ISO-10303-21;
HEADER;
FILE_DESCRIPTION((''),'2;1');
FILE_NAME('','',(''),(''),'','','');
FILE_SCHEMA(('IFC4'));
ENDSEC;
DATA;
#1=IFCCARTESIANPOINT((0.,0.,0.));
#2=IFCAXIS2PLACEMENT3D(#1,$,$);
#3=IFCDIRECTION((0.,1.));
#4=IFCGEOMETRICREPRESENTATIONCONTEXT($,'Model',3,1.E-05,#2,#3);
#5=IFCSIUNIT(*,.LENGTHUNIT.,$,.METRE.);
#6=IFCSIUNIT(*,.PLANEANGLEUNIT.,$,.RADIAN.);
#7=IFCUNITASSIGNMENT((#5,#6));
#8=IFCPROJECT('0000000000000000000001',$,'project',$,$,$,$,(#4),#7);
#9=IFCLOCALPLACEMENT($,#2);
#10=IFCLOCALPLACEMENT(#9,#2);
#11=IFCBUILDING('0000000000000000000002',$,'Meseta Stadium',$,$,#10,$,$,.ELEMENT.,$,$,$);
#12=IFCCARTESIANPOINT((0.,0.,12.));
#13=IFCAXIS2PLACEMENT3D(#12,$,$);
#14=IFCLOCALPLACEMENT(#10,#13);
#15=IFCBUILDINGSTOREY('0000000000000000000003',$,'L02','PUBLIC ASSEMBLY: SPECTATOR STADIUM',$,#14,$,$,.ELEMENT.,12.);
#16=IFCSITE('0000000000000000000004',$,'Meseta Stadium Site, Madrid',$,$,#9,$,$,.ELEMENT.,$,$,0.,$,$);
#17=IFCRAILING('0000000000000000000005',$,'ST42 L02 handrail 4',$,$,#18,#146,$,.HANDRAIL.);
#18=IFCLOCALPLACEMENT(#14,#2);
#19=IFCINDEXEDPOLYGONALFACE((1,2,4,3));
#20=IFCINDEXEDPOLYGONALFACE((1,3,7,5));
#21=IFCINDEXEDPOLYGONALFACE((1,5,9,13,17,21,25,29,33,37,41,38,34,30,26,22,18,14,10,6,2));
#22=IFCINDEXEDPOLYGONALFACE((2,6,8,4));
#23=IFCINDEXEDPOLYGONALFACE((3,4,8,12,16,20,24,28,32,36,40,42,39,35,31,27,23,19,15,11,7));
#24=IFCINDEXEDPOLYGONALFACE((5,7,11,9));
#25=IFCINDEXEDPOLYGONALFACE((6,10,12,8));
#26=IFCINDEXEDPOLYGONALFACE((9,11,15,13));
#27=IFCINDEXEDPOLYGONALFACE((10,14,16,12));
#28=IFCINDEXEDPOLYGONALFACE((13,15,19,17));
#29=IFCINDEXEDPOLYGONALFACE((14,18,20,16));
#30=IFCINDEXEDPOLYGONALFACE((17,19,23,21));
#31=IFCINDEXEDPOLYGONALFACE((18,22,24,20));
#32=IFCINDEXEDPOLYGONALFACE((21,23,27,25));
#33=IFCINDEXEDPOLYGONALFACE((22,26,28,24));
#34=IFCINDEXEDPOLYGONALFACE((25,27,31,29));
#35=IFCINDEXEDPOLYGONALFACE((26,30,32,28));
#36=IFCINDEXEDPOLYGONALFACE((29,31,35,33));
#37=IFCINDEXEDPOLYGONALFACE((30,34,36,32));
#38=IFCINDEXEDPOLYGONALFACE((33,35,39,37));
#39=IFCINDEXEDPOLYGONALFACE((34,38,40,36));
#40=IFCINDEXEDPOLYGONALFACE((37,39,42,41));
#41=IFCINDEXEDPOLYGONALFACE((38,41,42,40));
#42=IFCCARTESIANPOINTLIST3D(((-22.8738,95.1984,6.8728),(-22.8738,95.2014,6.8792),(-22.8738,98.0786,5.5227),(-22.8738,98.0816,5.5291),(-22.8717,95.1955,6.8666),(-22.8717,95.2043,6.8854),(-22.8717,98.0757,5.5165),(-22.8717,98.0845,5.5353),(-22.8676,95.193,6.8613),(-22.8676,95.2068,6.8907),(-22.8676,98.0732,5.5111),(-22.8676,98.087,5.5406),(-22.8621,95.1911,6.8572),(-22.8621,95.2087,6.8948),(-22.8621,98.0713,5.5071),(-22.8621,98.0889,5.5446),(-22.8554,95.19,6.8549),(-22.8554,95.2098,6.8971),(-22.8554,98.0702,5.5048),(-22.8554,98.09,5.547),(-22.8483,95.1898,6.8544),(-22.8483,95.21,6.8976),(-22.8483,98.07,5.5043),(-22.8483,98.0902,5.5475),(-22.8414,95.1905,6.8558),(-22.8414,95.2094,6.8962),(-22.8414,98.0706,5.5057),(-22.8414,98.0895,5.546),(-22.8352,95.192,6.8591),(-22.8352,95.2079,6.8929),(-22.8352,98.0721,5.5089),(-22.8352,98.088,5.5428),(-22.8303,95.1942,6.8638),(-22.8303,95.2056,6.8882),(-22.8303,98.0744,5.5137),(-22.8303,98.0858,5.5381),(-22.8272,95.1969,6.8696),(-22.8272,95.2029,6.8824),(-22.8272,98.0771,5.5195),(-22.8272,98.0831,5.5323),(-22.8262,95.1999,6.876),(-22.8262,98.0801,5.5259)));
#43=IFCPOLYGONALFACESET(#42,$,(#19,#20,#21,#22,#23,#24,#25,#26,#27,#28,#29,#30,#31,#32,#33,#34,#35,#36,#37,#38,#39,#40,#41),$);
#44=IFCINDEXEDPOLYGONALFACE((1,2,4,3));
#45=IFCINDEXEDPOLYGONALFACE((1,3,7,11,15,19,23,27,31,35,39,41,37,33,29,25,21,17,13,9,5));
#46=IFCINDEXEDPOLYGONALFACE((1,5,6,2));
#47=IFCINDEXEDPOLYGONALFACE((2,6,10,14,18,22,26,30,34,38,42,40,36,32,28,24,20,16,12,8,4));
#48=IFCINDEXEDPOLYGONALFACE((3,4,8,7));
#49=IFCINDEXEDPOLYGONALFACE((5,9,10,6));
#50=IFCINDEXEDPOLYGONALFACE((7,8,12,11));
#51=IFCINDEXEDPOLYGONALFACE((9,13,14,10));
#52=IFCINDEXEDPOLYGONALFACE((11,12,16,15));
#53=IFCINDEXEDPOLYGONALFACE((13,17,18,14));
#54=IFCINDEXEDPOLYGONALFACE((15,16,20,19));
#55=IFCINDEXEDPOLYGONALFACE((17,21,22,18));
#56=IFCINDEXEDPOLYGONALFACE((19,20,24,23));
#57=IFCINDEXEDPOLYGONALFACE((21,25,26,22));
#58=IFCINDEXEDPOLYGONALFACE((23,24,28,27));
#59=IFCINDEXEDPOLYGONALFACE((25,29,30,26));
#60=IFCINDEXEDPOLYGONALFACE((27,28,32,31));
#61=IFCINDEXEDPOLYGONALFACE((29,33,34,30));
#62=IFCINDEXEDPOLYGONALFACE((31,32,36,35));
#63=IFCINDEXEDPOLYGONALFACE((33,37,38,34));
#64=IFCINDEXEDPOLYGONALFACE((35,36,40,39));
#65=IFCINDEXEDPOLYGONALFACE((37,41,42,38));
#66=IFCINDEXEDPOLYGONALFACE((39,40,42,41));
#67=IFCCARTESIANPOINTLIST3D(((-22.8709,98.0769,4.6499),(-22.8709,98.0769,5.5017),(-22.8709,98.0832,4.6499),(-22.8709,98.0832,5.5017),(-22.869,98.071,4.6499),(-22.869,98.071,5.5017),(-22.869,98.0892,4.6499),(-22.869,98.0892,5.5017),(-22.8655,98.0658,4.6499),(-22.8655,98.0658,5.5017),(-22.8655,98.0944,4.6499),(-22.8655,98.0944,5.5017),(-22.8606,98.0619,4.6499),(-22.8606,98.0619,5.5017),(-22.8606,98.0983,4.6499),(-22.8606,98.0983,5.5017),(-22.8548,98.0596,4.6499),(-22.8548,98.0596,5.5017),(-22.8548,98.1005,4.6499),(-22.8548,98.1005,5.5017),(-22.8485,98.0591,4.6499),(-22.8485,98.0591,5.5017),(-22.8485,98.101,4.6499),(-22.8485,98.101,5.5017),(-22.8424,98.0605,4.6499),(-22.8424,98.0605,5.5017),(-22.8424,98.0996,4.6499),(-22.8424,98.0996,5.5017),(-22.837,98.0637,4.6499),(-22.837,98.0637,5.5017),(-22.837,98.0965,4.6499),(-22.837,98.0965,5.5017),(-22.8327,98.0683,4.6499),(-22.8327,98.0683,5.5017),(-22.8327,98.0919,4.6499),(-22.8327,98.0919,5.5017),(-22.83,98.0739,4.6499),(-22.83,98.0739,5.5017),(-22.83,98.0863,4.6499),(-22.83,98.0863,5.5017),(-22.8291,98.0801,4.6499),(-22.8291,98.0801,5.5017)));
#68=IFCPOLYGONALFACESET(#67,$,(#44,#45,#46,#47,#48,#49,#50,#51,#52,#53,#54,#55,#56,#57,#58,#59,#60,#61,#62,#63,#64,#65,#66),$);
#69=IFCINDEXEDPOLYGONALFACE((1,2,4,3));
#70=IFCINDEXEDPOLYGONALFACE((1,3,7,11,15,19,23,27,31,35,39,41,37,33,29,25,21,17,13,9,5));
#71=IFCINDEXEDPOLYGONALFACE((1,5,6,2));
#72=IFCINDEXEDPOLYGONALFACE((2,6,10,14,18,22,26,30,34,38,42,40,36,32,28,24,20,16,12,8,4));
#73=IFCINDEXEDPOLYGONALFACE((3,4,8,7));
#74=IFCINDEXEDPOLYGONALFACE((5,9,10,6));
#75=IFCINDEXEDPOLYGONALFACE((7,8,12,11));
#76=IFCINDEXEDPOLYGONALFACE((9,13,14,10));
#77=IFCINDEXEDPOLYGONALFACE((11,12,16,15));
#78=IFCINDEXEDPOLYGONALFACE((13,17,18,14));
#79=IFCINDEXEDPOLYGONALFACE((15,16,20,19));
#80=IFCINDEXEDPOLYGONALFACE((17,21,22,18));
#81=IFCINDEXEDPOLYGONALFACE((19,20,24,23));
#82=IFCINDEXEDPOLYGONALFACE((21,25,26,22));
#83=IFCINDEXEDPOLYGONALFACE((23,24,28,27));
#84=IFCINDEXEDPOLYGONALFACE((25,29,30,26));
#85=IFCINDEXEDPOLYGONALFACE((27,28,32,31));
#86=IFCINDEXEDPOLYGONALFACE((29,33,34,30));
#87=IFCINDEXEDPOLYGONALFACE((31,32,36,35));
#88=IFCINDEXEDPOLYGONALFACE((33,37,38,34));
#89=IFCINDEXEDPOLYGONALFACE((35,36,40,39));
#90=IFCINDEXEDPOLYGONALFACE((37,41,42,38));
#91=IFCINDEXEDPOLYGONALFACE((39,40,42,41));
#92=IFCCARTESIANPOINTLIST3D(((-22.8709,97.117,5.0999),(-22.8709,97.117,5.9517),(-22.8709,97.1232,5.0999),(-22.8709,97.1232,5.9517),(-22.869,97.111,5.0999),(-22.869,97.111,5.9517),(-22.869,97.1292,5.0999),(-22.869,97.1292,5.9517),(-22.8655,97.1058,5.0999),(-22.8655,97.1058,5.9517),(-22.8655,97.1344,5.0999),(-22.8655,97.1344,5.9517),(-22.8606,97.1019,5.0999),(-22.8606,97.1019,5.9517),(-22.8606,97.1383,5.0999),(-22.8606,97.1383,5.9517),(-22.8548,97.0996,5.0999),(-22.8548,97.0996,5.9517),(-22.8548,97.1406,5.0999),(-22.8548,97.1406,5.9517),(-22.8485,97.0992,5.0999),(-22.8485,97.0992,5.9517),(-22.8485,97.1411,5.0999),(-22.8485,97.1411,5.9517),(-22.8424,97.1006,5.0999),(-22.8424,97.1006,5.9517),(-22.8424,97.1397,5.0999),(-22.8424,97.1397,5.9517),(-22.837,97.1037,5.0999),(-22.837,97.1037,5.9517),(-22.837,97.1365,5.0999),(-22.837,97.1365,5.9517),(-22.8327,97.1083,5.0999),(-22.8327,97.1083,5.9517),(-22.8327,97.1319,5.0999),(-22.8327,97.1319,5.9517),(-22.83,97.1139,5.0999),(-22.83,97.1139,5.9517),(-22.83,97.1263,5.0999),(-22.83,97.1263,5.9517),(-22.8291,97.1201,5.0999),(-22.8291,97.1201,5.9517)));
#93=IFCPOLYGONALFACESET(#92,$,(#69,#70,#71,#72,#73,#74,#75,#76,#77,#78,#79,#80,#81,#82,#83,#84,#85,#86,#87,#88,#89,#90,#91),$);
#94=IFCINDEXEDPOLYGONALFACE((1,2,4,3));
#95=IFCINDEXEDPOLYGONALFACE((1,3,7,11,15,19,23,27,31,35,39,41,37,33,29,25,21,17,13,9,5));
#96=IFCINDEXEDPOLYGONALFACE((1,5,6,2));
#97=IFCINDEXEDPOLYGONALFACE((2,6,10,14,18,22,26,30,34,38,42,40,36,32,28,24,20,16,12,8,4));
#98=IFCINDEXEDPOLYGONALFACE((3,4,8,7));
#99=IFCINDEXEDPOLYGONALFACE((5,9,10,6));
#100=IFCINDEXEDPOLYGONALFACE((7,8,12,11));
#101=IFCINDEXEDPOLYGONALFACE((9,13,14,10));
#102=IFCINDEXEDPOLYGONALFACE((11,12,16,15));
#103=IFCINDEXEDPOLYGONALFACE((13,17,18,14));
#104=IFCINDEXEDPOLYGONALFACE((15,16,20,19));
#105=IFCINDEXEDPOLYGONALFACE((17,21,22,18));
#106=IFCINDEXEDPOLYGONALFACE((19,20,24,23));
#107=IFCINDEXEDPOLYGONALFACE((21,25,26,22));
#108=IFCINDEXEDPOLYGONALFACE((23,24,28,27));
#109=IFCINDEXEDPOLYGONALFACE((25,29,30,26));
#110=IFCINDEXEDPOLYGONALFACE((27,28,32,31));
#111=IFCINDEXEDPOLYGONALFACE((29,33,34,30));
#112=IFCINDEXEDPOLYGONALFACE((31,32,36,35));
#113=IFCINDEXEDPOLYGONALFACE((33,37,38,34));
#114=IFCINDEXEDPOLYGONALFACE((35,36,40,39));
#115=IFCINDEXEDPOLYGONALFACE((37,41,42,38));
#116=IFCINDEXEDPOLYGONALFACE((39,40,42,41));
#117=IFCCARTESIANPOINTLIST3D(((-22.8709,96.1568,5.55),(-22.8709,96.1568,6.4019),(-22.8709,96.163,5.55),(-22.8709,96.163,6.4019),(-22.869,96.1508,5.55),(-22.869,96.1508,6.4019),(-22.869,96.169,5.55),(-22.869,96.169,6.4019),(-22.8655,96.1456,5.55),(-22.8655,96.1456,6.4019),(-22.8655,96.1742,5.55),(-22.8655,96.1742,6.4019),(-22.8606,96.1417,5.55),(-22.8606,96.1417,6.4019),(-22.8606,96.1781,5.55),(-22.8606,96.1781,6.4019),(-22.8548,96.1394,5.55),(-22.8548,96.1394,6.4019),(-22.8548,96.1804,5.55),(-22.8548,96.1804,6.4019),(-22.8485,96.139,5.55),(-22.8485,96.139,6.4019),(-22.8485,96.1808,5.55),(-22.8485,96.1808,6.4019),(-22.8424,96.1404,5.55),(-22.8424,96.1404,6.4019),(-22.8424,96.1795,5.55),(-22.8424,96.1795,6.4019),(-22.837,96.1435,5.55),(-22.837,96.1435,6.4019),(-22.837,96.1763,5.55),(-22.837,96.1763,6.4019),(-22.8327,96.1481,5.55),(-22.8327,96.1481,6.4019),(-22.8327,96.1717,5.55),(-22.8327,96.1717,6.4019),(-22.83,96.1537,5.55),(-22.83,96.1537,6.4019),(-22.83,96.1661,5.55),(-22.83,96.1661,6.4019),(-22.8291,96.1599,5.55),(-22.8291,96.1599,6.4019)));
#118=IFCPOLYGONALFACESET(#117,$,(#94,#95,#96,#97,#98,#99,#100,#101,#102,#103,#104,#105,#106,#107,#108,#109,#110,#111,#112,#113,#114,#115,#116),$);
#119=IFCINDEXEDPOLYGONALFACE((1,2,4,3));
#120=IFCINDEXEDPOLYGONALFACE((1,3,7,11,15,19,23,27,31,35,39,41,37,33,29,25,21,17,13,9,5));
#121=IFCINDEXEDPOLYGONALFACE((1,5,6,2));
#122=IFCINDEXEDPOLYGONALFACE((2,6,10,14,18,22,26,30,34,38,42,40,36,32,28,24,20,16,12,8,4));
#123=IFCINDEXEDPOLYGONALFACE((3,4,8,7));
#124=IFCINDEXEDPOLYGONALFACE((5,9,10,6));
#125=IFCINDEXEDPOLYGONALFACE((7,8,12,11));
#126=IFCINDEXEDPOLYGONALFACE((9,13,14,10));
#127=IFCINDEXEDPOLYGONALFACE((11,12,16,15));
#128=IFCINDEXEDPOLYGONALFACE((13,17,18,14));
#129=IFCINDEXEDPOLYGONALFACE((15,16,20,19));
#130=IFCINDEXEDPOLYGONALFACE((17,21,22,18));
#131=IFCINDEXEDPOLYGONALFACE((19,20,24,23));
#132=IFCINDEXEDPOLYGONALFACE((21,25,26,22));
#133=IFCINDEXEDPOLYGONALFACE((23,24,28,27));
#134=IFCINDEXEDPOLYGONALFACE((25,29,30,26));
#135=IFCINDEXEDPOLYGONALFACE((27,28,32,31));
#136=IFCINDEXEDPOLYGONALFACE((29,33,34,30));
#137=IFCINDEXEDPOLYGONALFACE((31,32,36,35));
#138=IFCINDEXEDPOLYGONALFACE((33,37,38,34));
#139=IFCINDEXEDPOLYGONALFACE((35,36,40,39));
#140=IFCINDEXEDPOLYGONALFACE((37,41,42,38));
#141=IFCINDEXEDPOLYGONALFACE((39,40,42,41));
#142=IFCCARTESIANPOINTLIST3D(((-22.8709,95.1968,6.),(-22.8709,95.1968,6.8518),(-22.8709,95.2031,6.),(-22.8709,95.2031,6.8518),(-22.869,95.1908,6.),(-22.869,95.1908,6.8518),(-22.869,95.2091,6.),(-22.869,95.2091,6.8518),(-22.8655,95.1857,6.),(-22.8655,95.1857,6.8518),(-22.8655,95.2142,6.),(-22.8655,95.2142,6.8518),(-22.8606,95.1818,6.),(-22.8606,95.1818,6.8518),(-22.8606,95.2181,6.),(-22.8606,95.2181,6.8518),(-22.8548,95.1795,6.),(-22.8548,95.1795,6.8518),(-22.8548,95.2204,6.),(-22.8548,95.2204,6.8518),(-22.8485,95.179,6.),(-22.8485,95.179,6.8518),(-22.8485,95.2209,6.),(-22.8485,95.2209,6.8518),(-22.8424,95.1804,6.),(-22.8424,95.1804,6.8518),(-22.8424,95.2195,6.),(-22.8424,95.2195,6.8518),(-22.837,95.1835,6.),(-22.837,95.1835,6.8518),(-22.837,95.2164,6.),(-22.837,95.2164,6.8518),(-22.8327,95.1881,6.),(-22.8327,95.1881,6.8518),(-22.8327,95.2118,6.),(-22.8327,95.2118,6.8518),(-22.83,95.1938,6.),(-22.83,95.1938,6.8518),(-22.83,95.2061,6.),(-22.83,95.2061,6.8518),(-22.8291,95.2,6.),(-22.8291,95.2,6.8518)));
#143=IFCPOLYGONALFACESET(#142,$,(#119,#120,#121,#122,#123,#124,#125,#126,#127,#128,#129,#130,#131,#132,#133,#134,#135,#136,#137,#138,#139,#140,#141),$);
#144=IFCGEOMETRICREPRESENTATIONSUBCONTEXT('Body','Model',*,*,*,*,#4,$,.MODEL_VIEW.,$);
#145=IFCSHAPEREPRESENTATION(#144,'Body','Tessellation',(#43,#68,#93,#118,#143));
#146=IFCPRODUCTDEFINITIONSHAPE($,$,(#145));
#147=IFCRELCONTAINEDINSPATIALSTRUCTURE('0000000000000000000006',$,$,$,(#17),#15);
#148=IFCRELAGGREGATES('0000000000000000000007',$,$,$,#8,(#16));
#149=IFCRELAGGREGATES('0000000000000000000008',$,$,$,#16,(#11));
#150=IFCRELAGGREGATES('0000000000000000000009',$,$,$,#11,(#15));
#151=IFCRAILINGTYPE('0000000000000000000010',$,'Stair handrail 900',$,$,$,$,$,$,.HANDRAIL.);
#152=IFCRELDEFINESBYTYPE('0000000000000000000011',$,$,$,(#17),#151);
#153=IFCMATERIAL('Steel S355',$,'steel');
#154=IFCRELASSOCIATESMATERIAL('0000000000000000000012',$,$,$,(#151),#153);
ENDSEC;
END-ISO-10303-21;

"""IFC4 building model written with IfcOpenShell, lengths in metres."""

from ifc_helpers import new_model, si_unit, direction, frame, origin, origin_2d, place, context, subcontext, project, spatial, circle, extrude, material, type_object, element, save


model = new_model("IFC4")

# Units and contexts
model_context = context("Model", 3, precision=1e-05, world=origin(), true_north=direction((0.0, 1.0)))
body_context = subcontext(model_context, "Body", "Model", "MODEL_VIEW")
ifc_project = project(units=[si_unit("LENGTHUNIT", "METRE"), si_unit("PLANEANGLEUNIT", "RADIAN")], contexts=[model_context])

# Site, building, storey
site_placement = place(None, origin())
site = spatial("IfcSite", under=ifc_project, at=site_placement, Name="Meseta Stadium Site, Madrid", CompositionType="ELEMENT", RefElevation=0.0)
building_placement = place(site_placement, origin())
building = spatial("IfcBuilding", under=site, at=building_placement, Name="Meseta Stadium", CompositionType="ELEMENT")
storey_placement = place(building_placement, frame((0.0, 0.0, 12.0)))
storey = spatial("IfcBuildingStorey", under=building, at=storey_placement, Name="L02", Description="PUBLIC ASSEMBLY: SPECTATOR STADIUM", CompositionType="ELEMENT", Elevation=12.0)

# Railing
ifc_material_1 = material(Name="Steel S355", Category="steel")
railing_type_1 = type_object("IfcRailingType", Name="Stair handrail 900", PredefinedType="HANDRAIL", material=ifc_material_1)
for number, where, name in (
    (1, (-22.8501, 98.0801, 4.6499), "ST42 L02 handrail 4"),
):
    element("IfcRailing", number, at=place(storey_placement, frame(where)), inside=storey, type_object=railing_type_1, Name=name, PredefinedType="HANDRAIL", context=body_context, shape_type="SweptSolid", body=[
        extrude(circle(Radius=0.0239, at=origin_2d()), frame((0.0, 0.0, 0.876), z_axis=(0.0, -0.905454, 0.424444), x_axis=(1.0, 0.0, 0.0)), (0.0, 0.0, 1.0), 3.1809),
        extrude(circle(Radius=0.021, at=origin_2d()), origin(), (0.0, 0.0, 1.0), 0.8518),
        extrude(circle(Radius=0.021, at=origin_2d()), frame((0.0, -0.96, 0.45)), (0.0, 0.0, 1.0), 0.8518),
        extrude(circle(Radius=0.021, at=origin_2d()), frame((0.0, -1.9202, 0.9001)), (0.0, 0.0, 1.0), 0.8518),
        extrude(circle(Radius=0.021, at=origin_2d()), frame((0.0, -2.8801, 1.3501)), (0.0, 0.0, 1.0), 0.8518),
    ])

save(model, "model.ifc")
